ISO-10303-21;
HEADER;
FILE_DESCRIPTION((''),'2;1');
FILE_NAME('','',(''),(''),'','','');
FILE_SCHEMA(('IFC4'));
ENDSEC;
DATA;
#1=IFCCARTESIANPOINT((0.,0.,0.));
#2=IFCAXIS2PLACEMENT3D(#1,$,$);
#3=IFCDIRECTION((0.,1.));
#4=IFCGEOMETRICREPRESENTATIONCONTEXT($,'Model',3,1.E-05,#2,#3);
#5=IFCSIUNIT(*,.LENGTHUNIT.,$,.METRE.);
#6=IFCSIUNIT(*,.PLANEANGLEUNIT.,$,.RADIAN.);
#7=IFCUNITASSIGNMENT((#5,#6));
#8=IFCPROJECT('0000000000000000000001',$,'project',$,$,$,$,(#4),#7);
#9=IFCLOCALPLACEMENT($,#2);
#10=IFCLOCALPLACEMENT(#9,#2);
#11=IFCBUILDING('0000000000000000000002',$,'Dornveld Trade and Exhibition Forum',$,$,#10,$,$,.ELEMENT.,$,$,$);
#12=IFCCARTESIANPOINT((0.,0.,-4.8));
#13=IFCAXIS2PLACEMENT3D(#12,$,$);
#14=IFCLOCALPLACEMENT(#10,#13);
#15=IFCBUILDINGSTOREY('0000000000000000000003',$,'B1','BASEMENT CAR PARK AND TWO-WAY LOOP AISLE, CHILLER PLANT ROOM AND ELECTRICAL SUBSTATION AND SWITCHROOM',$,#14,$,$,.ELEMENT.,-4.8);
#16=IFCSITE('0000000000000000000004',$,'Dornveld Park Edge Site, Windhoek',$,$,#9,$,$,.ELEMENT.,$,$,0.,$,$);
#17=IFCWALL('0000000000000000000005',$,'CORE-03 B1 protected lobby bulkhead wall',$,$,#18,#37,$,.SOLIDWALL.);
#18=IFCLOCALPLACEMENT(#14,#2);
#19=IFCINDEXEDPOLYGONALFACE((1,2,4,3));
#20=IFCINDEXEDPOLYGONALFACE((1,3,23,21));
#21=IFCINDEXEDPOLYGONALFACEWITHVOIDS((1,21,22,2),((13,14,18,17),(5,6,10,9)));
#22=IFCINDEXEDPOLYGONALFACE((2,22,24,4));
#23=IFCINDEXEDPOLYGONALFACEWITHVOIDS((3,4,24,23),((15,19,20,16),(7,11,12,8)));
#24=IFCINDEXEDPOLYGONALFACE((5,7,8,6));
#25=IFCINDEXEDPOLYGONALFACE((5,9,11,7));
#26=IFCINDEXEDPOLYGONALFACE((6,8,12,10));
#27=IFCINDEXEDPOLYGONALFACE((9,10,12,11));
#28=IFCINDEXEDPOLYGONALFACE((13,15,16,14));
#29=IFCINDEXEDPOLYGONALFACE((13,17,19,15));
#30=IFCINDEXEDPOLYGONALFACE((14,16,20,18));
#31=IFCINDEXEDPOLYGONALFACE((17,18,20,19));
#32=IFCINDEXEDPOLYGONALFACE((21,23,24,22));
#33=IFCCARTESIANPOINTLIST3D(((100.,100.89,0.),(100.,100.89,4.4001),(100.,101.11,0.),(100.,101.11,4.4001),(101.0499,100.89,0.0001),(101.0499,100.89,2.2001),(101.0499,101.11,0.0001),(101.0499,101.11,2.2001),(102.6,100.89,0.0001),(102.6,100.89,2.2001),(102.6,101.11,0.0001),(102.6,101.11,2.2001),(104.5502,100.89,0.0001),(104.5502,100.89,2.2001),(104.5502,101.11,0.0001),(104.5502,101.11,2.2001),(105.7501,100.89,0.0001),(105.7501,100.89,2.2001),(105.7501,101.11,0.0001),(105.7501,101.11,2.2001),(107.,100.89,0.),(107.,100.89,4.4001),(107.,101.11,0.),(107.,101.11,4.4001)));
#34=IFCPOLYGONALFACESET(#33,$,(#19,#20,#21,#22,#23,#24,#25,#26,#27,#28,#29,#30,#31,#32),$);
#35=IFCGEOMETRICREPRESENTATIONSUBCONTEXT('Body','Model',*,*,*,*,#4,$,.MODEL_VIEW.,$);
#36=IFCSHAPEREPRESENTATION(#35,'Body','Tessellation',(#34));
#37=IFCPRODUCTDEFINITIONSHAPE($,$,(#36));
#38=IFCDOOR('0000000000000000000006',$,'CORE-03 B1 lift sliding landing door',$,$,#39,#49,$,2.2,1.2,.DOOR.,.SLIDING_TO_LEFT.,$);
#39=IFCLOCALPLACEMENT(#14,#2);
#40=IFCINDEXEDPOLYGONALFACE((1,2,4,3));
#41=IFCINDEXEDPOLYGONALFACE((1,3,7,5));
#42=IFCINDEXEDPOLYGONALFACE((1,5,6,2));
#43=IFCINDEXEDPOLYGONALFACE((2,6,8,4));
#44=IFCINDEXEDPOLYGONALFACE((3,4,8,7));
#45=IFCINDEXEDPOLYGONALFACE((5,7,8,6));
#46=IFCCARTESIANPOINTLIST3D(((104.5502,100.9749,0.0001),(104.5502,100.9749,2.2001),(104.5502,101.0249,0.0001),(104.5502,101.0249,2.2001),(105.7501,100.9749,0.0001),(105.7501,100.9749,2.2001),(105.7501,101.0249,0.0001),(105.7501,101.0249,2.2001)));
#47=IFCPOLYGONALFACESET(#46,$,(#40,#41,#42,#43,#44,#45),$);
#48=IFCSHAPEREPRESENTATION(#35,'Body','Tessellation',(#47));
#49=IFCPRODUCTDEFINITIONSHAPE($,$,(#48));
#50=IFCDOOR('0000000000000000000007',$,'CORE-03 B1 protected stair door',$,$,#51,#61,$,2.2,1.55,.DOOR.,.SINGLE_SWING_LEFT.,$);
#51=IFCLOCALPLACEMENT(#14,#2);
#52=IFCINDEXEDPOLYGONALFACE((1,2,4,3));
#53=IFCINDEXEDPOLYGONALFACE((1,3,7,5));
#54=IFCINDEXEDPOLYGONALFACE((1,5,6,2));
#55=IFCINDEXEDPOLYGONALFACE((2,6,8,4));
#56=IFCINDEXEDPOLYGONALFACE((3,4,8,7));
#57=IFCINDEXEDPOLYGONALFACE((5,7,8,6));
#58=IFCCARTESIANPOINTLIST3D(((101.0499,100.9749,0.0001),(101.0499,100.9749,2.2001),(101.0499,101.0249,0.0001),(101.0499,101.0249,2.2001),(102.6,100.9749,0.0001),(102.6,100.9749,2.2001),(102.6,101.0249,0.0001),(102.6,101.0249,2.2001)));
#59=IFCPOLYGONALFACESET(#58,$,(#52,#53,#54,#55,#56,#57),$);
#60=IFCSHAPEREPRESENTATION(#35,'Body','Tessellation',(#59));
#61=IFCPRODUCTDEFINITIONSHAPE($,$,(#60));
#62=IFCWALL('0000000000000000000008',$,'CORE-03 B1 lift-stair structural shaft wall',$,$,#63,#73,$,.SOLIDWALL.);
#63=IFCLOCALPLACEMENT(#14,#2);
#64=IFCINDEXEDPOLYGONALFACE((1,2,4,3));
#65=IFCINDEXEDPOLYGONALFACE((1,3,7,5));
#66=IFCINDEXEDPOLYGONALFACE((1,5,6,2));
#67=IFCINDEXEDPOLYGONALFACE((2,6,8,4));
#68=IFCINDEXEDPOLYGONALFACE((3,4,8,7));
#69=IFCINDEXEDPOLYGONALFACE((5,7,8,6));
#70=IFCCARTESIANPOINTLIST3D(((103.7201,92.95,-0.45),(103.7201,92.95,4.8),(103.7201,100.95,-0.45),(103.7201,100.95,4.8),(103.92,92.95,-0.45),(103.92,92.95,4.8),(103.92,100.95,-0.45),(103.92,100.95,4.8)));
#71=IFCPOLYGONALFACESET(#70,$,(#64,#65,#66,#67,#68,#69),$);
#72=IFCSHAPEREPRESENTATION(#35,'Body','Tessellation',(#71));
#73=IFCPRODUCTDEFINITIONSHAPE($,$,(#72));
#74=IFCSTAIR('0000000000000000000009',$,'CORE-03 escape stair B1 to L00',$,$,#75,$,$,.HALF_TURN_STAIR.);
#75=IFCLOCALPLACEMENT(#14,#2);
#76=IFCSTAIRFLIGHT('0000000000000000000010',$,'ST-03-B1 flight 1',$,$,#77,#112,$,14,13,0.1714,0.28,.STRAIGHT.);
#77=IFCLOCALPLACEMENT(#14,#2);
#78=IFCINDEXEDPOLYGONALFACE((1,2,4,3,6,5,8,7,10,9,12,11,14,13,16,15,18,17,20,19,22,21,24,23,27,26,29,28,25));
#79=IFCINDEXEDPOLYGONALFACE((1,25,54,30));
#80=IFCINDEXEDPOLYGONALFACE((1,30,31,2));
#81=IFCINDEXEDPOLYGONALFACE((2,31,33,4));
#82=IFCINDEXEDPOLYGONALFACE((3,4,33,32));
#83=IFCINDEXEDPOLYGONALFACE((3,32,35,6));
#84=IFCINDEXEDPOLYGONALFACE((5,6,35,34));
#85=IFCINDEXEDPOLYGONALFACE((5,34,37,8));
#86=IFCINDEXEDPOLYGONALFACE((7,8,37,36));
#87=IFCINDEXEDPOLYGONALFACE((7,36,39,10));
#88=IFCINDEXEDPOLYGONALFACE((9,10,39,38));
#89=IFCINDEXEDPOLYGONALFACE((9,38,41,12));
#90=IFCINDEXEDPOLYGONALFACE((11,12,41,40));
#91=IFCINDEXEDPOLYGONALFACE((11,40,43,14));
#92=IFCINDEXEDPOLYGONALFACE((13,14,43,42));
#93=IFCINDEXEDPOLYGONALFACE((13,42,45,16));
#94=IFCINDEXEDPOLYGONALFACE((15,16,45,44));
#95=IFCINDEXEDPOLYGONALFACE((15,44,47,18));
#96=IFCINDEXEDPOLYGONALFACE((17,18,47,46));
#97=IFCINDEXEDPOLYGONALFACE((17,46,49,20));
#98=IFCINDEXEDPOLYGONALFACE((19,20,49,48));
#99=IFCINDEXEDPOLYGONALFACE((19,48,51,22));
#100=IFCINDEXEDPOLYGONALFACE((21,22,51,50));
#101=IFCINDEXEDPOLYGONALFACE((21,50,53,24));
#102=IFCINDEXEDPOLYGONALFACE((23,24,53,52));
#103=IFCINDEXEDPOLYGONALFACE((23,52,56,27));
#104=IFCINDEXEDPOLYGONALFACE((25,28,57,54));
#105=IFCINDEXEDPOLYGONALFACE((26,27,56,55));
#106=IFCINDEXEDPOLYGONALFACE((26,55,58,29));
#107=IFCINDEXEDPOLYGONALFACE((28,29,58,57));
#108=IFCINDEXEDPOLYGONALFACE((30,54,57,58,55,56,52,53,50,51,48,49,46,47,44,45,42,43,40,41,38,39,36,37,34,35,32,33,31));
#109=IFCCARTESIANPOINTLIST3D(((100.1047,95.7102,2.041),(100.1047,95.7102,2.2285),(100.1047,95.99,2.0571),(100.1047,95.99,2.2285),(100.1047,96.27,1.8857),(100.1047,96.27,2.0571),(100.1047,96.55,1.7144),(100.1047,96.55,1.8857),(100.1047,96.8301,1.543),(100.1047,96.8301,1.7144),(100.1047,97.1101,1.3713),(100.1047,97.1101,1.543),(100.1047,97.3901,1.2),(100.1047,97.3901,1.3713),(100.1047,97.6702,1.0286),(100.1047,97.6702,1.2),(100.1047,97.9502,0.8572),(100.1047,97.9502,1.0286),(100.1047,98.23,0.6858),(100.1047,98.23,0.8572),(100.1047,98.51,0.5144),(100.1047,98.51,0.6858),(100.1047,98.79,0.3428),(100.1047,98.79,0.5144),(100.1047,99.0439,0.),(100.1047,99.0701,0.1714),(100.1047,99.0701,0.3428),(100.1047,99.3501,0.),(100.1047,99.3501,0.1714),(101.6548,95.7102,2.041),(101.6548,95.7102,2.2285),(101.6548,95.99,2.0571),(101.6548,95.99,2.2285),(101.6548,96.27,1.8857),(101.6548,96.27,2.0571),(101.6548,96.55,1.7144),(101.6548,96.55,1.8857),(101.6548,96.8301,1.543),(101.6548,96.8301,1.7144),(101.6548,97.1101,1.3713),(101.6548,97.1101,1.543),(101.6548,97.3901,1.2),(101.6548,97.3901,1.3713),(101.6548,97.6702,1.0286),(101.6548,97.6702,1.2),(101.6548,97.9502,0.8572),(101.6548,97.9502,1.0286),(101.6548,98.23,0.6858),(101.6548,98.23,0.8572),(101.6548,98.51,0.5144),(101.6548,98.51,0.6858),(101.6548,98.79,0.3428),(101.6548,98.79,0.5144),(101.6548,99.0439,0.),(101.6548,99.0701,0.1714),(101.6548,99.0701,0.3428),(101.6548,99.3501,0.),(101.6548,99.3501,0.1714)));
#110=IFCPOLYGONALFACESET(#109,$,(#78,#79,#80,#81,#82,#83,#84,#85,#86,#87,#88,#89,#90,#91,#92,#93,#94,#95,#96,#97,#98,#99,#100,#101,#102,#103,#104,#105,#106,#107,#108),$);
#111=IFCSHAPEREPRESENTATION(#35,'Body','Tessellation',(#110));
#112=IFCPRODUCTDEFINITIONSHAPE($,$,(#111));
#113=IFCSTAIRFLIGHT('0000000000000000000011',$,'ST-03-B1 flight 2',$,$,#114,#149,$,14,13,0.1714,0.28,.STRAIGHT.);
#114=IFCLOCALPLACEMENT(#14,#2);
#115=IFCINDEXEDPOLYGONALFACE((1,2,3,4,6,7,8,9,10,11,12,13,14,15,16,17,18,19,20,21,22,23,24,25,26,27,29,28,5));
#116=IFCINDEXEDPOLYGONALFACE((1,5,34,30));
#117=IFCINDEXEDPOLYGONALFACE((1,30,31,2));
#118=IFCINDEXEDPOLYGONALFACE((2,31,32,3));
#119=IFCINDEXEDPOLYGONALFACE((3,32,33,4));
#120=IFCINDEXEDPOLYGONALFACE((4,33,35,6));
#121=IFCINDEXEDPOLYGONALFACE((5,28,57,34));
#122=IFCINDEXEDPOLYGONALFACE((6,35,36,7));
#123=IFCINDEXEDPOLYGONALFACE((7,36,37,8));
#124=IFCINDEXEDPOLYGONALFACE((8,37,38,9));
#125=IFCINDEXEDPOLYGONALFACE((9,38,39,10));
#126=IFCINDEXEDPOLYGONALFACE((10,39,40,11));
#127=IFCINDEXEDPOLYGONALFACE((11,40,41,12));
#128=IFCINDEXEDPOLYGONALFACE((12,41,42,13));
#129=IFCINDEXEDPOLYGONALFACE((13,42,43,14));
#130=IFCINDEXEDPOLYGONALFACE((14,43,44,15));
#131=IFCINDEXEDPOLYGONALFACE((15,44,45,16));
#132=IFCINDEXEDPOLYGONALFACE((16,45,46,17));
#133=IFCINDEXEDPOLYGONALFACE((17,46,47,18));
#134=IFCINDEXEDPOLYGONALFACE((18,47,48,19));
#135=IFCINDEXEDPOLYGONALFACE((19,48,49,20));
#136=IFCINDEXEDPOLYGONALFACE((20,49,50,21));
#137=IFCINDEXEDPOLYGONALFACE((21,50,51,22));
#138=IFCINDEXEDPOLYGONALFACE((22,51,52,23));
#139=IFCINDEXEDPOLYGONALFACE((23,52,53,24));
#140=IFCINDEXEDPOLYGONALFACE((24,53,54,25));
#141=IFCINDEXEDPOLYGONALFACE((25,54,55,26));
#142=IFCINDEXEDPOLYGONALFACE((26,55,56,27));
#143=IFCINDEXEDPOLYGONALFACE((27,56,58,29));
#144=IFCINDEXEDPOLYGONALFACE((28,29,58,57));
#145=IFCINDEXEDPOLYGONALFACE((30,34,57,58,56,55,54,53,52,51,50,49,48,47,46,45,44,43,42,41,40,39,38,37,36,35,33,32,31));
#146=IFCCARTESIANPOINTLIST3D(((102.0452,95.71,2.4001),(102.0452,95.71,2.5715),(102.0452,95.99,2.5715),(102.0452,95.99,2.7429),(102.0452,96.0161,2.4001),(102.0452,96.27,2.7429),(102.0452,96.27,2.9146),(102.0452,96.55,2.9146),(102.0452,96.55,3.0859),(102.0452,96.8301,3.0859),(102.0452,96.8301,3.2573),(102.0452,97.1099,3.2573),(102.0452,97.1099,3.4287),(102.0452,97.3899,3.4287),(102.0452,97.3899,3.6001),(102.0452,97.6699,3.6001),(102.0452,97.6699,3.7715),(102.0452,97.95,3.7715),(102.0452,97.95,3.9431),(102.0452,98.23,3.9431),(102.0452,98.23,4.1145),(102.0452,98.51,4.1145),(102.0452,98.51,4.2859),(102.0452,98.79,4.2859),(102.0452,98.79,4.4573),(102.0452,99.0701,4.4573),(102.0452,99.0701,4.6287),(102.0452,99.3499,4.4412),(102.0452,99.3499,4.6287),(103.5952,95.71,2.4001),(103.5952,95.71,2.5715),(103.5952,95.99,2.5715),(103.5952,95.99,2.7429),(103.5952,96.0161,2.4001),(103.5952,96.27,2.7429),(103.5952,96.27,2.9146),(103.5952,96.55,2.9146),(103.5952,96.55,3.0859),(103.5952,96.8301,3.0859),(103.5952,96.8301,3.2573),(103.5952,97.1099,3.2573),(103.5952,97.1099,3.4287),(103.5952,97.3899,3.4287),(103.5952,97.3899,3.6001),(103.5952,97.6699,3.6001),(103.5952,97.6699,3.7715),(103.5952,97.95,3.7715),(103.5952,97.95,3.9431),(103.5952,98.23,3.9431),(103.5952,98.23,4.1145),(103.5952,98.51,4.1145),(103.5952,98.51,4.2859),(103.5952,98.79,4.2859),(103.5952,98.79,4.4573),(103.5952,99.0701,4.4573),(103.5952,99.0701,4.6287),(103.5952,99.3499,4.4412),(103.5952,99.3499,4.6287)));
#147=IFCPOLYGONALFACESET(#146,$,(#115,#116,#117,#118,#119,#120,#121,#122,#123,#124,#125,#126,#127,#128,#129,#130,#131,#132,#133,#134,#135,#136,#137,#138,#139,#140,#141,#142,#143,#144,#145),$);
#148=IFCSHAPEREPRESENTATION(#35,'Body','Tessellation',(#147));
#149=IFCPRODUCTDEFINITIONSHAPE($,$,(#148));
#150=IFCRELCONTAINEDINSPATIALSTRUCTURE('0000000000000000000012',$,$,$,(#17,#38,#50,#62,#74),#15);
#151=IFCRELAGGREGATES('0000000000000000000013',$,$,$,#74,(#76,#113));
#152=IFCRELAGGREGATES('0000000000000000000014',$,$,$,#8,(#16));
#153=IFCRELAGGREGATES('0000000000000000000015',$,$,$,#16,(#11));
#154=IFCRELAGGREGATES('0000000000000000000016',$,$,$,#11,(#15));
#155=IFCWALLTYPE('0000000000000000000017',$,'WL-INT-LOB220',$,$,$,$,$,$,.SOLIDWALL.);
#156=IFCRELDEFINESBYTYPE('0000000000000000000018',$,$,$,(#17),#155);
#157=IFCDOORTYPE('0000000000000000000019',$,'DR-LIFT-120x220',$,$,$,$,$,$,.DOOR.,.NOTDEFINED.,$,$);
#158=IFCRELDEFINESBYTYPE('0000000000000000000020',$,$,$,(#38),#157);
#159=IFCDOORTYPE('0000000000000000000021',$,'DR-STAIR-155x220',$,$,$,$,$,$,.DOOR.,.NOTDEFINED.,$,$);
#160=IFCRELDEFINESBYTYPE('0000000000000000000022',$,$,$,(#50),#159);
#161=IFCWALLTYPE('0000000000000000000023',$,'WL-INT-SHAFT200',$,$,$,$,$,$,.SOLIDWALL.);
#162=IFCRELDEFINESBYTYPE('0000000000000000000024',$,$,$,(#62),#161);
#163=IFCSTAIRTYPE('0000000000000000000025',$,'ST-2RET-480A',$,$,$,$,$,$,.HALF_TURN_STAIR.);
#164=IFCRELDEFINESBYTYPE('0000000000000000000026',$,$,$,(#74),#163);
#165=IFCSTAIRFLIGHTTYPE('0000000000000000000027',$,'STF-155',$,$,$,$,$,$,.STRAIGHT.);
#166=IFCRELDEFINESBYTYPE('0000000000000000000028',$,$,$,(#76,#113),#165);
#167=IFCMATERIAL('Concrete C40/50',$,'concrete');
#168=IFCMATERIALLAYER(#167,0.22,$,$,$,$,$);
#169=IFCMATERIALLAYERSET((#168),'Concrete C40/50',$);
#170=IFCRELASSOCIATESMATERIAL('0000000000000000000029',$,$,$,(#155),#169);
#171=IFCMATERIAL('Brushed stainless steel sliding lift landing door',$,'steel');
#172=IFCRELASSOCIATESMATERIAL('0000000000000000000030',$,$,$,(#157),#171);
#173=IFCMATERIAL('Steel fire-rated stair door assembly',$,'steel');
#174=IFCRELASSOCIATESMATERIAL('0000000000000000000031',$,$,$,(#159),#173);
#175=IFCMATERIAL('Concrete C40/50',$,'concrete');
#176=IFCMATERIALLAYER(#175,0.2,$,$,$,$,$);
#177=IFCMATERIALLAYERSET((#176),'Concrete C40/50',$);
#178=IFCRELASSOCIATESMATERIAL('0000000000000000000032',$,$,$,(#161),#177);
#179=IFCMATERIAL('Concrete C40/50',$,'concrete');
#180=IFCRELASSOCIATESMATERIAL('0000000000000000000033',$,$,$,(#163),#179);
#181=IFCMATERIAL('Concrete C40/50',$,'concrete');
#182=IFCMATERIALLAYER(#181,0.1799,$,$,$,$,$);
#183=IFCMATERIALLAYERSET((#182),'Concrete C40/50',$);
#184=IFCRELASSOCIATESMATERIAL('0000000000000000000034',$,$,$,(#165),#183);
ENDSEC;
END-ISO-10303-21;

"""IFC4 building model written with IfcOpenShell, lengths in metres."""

from ifc_helpers import new_model, si_unit, direction, frame, frame_2d, origin, place, context, subcontext, project, spatial, polyline, rectangle, outline, extrude, material, layer, layer_set, type_object, element, fill, aggregate, save


model = new_model("IFC4")

# Units and contexts
model_context = context("Model", 3, precision=1e-05, world=origin(), true_north=direction((0.0, 1.0)))
body_context = subcontext(model_context, "Body", "Model", "MODEL_VIEW")
ifc_project = project(units=[si_unit("LENGTHUNIT", "METRE"), si_unit("PLANEANGLEUNIT", "RADIAN")], contexts=[model_context])

# Site, building, storey
site_placement = place(None, origin())
site = spatial("IfcSite", under=ifc_project, at=site_placement, Name="Dornveld Park Edge Site, Windhoek", CompositionType="ELEMENT", RefElevation=0.0)
building_placement = place(site_placement, origin())
building = spatial("IfcBuilding", under=site, at=building_placement, Name="Dornveld Trade and Exhibition Forum", CompositionType="ELEMENT")
storey_placement = place(building_placement, frame((0.0, 0.0, -4.8)))
storey = spatial("IfcBuildingStorey", under=building, at=storey_placement, Name="B1", Description="BASEMENT CAR PARK AND TWO-WAY LOOP AISLE, CHILLER PLANT ROOM AND ELECTRICAL SUBSTATION AND SWITCHROOM", CompositionType="ELEMENT", Elevation=-4.8)

# Wall, openings, doors
ifc_material_1 = material(Name="Concrete C40/50", Category="concrete")
ifc_layer_1 = layer(ifc_material_1, 0.22)
ifc_layer_set_1 = layer_set([ifc_layer_1], Name="Concrete C40/50")
wall_type_1 = type_object("IfcWallType", Name="WL-INT-LOB220", PredefinedType="SOLIDWALL", material=ifc_layer_set_1)
wall_1_placement = place(storey_placement, frame((100.0, 101.0, 0.0), z_axis=(0.0, 0.0, 1.0), x_axis=(1.0, 0.0, 0.0)))
wall_1 = element("IfcWall", 1, at=wall_1_placement, inside=storey, type_object=wall_type_1, Name="CORE-03 B1 protected lobby bulkhead wall", PredefinedType="SOLIDWALL", context=body_context, shape_type="SweptSolid", body=[
    extrude(rectangle(XDim=7.0, YDim=0.22, at=frame_2d((3.5, 0.0))), origin(), (0.0, 0.0, 1.0), 4.4001),
])
opening_1_placement = place(wall_1_placement, frame((1.05, 0.0, 0.0)))
opening_1 = element("IfcOpeningElement", 2, at=opening_1_placement, cuts=wall_1, PredefinedType="OPENING", context=body_context, shape_type="SweptSolid", body=[
    extrude(rectangle(XDim=1.55, YDim=2.2, at=frame_2d((0.7749, 1.1001))), frame((0.0, 0.1199, 0.0), z_axis=(0.0, -1.0, 0.0), x_axis=(1.0, 0.0, 0.0)), (0.0, 0.0, 1.0), 0.24),
])
opening_2_placement = place(wall_1_placement, frame((4.55, 0.0, 0.0)))
opening_2 = element("IfcOpeningElement", 3, at=opening_2_placement, cuts=wall_1, PredefinedType="OPENING", context=body_context, shape_type="SweptSolid", body=[
    extrude(rectangle(XDim=1.2, YDim=2.2, at=frame_2d((0.6001, 1.1001))), frame((0.0, 0.1199, 0.0), z_axis=(0.0, -1.0, 0.0), x_axis=(1.0, 0.0, 0.0)), (0.0, 0.0, 1.0), 0.24),
])
ifc_material_2 = material(Name="Brushed stainless steel sliding lift landing door", Category="steel")
door_type_1 = type_object("IfcDoorType", Name="DR-LIFT-120x220", OperationType="NOTDEFINED", PredefinedType="DOOR", material=ifc_material_2)
door_1_placement = place(opening_2_placement, origin())
door_1 = element("IfcDoor", 4, at=door_1_placement, inside=storey, type_object=door_type_1, Name="CORE-03 B1 lift sliding landing door", OperationType="SLIDING_TO_LEFT", OverallHeight=2.2, OverallWidth=1.2, PredefinedType="DOOR", context=body_context, shape_type="SweptSolid", body=[
    extrude(rectangle(XDim=1.2, YDim=2.2, at=frame_2d((0.6001, 1.1001))), frame((0.0, 0.0249, 0.0), z_axis=(0.0, -1.0, 0.0), x_axis=(1.0, 0.0, 0.0)), (0.0, 0.0, 1.0), 0.05),
])
fill(opening_2, door_1)
ifc_material_3 = material(Name="Steel fire-rated stair door assembly", Category="steel")
door_type_2 = type_object("IfcDoorType", Name="DR-STAIR-155x220", OperationType="NOTDEFINED", PredefinedType="DOOR", material=ifc_material_3)
door_2_placement = place(opening_1_placement, origin())
door_2 = element("IfcDoor", 5, at=door_2_placement, inside=storey, type_object=door_type_2, Name="CORE-03 B1 protected stair door", OperationType="SINGLE_SWING_LEFT", OverallHeight=2.2, OverallWidth=1.55, PredefinedType="DOOR", context=body_context, shape_type="SweptSolid", body=[
    extrude(rectangle(XDim=1.55, YDim=2.2, at=frame_2d((0.7749, 1.1001))), frame((0.0, 0.0249, 0.0), z_axis=(0.0, -1.0, 0.0), x_axis=(1.0, 0.0, 0.0)), (0.0, 0.0, 1.0), 0.05),
])
fill(opening_1, door_2)

# Wall
ifc_material_4 = material(Name="Concrete C40/50", Category="concrete")
ifc_layer_2 = layer(ifc_material_4, 0.2)
ifc_layer_set_2 = layer_set([ifc_layer_2], Name="Concrete C40/50")
wall_type_2 = type_object("IfcWallType", Name="WL-INT-SHAFT200", PredefinedType="SOLIDWALL", material=ifc_layer_set_2)
wall_2_placement = place(storey_placement, frame((103.8201, 92.95, -0.45), z_axis=(0.0, 0.0, 1.0), x_axis=(0.0, 1.0, 0.0)))
element("IfcWall", 6, at=wall_2_placement, inside=storey, type_object=wall_type_2, Name="CORE-03 B1 lift-stair structural shaft wall", PredefinedType="SOLIDWALL", context=body_context, shape_type="SweptSolid", body=[
    extrude(rectangle(XDim=8.0, YDim=0.2, at=frame_2d((4.0, 0.0))), origin(), (0.0, 0.0, 1.0), 5.25),
])

# Stair, stair flights
ifc_material_5 = material(Name="Concrete C40/50", Category="concrete")
stair_type = type_object("IfcStairType", Name="ST-2RET-480A", PredefinedType="HALF_TURN_STAIR", material=ifc_material_5)
stair_placement = place(storey_placement, origin())
stair = element("IfcStair", 7, at=stair_placement, inside=storey, type_object=stair_type, Name="CORE-03 escape stair B1 to L00", PredefinedType="HALF_TURN_STAIR")
ifc_material_6 = material(Name="Concrete C40/50", Category="concrete")
ifc_layer_3 = layer(ifc_material_6, 0.1799)
ifc_layer_set_3 = layer_set([ifc_layer_3], Name="Concrete C40/50")
stair_flight_type = type_object("IfcStairFlightType", Name="STF-155", PredefinedType="STRAIGHT", material=ifc_layer_set_3)
stair_flight_1_placement = place(storey_placement, frame((100.8799, 99.3501, 0.0), z_axis=(0.0, 0.0, 1.0), x_axis=(0.0, -1.0, 0.0)))
stair_flight_1 = element("IfcStairFlight", 8, at=stair_flight_1_placement, type_object=stair_flight_type, Name="ST-03-B1 flight 1", NumberOfRisers=14, NumberOfTreads=13, PredefinedType="STRAIGHT", RiserHeight=0.1714, TreadLength=0.28, context=body_context, shape_type="SweptSolid", body=[
    extrude(outline(polyline([(0.0, 0.0), (0.0, 0.1714), (0.28, 0.1714), (0.28, 0.3428), (0.5601, 0.3428), (0.5601, 0.5144), (0.8401, 0.5144), (0.8401, 0.6858), (1.1201, 0.6858), (1.1201, 0.8572), (1.3999, 0.8572), (1.3999, 1.0286), (1.6799, 1.0286), (1.6799, 1.2), (1.96, 1.2), (1.96, 1.3713), (2.24, 1.3713), (2.24, 1.543), (2.52, 1.543), (2.52, 1.7144), (2.8, 1.7144), (2.8, 1.8857), (3.0801, 1.8857), (3.0801, 2.0571), (3.3601, 2.0571), (3.3601, 2.2285), (3.6399, 2.2285), (3.6399, 2.3999), (3.6399, 2.041), (0.3062, 0.0), (0.0, 0.0)])), frame((0.0, 0.7749, 0.0), z_axis=(0.0, -1.0, 0.0), x_axis=(1.0, 0.0, 0.0)), (0.0, 0.0, 1.0), 1.55),
])
stair_flight_2_placement = place(storey_placement, frame((102.8201, 95.71, 2.4001), z_axis=(0.0, 0.0, 1.0), x_axis=(0.0, 1.0, 0.0)))
stair_flight_2 = element("IfcStairFlight", 9, at=stair_flight_2_placement, type_object=stair_flight_type, Name="ST-03-B1 flight 2", NumberOfRisers=14, NumberOfTreads=13, PredefinedType="STRAIGHT", RiserHeight=0.1714, TreadLength=0.28, context=body_context, shape_type="SweptSolid", body=[
    extrude(outline(polyline([(0.0, 0.0), (0.0, 0.1714), (0.28, 0.1714), (0.28, 0.3428), (0.5601, 0.3428), (0.5601, 0.5144), (0.8401, 0.5144), (0.8401, 0.6858), (1.1201, 0.6858), (1.1201, 0.8572), (1.3999, 0.8572), (1.3999, 1.0286), (1.6799, 1.0286), (1.6799, 1.2), (1.96, 1.2), (1.96, 1.3713), (2.24, 1.3713), (2.24, 1.543), (2.52, 1.543), (2.52, 1.7144), (2.8, 1.7144), (2.8, 1.8857), (3.0801, 1.8857), (3.0801, 2.0571), (3.3601, 2.0571), (3.3601, 2.2285), (3.6399, 2.2285), (3.6399, 2.3999), (3.6399, 2.041), (0.3062, 0.0), (0.0, 0.0)])), frame((0.0, 0.7749, 0.0), z_axis=(0.0, -1.0, 0.0), x_axis=(1.0, 0.0, 0.0)), (0.0, 0.0, 1.0), 1.55),
])
aggregate(stair, [stair_flight_1, stair_flight_2])

save(model, "model.ifc")
